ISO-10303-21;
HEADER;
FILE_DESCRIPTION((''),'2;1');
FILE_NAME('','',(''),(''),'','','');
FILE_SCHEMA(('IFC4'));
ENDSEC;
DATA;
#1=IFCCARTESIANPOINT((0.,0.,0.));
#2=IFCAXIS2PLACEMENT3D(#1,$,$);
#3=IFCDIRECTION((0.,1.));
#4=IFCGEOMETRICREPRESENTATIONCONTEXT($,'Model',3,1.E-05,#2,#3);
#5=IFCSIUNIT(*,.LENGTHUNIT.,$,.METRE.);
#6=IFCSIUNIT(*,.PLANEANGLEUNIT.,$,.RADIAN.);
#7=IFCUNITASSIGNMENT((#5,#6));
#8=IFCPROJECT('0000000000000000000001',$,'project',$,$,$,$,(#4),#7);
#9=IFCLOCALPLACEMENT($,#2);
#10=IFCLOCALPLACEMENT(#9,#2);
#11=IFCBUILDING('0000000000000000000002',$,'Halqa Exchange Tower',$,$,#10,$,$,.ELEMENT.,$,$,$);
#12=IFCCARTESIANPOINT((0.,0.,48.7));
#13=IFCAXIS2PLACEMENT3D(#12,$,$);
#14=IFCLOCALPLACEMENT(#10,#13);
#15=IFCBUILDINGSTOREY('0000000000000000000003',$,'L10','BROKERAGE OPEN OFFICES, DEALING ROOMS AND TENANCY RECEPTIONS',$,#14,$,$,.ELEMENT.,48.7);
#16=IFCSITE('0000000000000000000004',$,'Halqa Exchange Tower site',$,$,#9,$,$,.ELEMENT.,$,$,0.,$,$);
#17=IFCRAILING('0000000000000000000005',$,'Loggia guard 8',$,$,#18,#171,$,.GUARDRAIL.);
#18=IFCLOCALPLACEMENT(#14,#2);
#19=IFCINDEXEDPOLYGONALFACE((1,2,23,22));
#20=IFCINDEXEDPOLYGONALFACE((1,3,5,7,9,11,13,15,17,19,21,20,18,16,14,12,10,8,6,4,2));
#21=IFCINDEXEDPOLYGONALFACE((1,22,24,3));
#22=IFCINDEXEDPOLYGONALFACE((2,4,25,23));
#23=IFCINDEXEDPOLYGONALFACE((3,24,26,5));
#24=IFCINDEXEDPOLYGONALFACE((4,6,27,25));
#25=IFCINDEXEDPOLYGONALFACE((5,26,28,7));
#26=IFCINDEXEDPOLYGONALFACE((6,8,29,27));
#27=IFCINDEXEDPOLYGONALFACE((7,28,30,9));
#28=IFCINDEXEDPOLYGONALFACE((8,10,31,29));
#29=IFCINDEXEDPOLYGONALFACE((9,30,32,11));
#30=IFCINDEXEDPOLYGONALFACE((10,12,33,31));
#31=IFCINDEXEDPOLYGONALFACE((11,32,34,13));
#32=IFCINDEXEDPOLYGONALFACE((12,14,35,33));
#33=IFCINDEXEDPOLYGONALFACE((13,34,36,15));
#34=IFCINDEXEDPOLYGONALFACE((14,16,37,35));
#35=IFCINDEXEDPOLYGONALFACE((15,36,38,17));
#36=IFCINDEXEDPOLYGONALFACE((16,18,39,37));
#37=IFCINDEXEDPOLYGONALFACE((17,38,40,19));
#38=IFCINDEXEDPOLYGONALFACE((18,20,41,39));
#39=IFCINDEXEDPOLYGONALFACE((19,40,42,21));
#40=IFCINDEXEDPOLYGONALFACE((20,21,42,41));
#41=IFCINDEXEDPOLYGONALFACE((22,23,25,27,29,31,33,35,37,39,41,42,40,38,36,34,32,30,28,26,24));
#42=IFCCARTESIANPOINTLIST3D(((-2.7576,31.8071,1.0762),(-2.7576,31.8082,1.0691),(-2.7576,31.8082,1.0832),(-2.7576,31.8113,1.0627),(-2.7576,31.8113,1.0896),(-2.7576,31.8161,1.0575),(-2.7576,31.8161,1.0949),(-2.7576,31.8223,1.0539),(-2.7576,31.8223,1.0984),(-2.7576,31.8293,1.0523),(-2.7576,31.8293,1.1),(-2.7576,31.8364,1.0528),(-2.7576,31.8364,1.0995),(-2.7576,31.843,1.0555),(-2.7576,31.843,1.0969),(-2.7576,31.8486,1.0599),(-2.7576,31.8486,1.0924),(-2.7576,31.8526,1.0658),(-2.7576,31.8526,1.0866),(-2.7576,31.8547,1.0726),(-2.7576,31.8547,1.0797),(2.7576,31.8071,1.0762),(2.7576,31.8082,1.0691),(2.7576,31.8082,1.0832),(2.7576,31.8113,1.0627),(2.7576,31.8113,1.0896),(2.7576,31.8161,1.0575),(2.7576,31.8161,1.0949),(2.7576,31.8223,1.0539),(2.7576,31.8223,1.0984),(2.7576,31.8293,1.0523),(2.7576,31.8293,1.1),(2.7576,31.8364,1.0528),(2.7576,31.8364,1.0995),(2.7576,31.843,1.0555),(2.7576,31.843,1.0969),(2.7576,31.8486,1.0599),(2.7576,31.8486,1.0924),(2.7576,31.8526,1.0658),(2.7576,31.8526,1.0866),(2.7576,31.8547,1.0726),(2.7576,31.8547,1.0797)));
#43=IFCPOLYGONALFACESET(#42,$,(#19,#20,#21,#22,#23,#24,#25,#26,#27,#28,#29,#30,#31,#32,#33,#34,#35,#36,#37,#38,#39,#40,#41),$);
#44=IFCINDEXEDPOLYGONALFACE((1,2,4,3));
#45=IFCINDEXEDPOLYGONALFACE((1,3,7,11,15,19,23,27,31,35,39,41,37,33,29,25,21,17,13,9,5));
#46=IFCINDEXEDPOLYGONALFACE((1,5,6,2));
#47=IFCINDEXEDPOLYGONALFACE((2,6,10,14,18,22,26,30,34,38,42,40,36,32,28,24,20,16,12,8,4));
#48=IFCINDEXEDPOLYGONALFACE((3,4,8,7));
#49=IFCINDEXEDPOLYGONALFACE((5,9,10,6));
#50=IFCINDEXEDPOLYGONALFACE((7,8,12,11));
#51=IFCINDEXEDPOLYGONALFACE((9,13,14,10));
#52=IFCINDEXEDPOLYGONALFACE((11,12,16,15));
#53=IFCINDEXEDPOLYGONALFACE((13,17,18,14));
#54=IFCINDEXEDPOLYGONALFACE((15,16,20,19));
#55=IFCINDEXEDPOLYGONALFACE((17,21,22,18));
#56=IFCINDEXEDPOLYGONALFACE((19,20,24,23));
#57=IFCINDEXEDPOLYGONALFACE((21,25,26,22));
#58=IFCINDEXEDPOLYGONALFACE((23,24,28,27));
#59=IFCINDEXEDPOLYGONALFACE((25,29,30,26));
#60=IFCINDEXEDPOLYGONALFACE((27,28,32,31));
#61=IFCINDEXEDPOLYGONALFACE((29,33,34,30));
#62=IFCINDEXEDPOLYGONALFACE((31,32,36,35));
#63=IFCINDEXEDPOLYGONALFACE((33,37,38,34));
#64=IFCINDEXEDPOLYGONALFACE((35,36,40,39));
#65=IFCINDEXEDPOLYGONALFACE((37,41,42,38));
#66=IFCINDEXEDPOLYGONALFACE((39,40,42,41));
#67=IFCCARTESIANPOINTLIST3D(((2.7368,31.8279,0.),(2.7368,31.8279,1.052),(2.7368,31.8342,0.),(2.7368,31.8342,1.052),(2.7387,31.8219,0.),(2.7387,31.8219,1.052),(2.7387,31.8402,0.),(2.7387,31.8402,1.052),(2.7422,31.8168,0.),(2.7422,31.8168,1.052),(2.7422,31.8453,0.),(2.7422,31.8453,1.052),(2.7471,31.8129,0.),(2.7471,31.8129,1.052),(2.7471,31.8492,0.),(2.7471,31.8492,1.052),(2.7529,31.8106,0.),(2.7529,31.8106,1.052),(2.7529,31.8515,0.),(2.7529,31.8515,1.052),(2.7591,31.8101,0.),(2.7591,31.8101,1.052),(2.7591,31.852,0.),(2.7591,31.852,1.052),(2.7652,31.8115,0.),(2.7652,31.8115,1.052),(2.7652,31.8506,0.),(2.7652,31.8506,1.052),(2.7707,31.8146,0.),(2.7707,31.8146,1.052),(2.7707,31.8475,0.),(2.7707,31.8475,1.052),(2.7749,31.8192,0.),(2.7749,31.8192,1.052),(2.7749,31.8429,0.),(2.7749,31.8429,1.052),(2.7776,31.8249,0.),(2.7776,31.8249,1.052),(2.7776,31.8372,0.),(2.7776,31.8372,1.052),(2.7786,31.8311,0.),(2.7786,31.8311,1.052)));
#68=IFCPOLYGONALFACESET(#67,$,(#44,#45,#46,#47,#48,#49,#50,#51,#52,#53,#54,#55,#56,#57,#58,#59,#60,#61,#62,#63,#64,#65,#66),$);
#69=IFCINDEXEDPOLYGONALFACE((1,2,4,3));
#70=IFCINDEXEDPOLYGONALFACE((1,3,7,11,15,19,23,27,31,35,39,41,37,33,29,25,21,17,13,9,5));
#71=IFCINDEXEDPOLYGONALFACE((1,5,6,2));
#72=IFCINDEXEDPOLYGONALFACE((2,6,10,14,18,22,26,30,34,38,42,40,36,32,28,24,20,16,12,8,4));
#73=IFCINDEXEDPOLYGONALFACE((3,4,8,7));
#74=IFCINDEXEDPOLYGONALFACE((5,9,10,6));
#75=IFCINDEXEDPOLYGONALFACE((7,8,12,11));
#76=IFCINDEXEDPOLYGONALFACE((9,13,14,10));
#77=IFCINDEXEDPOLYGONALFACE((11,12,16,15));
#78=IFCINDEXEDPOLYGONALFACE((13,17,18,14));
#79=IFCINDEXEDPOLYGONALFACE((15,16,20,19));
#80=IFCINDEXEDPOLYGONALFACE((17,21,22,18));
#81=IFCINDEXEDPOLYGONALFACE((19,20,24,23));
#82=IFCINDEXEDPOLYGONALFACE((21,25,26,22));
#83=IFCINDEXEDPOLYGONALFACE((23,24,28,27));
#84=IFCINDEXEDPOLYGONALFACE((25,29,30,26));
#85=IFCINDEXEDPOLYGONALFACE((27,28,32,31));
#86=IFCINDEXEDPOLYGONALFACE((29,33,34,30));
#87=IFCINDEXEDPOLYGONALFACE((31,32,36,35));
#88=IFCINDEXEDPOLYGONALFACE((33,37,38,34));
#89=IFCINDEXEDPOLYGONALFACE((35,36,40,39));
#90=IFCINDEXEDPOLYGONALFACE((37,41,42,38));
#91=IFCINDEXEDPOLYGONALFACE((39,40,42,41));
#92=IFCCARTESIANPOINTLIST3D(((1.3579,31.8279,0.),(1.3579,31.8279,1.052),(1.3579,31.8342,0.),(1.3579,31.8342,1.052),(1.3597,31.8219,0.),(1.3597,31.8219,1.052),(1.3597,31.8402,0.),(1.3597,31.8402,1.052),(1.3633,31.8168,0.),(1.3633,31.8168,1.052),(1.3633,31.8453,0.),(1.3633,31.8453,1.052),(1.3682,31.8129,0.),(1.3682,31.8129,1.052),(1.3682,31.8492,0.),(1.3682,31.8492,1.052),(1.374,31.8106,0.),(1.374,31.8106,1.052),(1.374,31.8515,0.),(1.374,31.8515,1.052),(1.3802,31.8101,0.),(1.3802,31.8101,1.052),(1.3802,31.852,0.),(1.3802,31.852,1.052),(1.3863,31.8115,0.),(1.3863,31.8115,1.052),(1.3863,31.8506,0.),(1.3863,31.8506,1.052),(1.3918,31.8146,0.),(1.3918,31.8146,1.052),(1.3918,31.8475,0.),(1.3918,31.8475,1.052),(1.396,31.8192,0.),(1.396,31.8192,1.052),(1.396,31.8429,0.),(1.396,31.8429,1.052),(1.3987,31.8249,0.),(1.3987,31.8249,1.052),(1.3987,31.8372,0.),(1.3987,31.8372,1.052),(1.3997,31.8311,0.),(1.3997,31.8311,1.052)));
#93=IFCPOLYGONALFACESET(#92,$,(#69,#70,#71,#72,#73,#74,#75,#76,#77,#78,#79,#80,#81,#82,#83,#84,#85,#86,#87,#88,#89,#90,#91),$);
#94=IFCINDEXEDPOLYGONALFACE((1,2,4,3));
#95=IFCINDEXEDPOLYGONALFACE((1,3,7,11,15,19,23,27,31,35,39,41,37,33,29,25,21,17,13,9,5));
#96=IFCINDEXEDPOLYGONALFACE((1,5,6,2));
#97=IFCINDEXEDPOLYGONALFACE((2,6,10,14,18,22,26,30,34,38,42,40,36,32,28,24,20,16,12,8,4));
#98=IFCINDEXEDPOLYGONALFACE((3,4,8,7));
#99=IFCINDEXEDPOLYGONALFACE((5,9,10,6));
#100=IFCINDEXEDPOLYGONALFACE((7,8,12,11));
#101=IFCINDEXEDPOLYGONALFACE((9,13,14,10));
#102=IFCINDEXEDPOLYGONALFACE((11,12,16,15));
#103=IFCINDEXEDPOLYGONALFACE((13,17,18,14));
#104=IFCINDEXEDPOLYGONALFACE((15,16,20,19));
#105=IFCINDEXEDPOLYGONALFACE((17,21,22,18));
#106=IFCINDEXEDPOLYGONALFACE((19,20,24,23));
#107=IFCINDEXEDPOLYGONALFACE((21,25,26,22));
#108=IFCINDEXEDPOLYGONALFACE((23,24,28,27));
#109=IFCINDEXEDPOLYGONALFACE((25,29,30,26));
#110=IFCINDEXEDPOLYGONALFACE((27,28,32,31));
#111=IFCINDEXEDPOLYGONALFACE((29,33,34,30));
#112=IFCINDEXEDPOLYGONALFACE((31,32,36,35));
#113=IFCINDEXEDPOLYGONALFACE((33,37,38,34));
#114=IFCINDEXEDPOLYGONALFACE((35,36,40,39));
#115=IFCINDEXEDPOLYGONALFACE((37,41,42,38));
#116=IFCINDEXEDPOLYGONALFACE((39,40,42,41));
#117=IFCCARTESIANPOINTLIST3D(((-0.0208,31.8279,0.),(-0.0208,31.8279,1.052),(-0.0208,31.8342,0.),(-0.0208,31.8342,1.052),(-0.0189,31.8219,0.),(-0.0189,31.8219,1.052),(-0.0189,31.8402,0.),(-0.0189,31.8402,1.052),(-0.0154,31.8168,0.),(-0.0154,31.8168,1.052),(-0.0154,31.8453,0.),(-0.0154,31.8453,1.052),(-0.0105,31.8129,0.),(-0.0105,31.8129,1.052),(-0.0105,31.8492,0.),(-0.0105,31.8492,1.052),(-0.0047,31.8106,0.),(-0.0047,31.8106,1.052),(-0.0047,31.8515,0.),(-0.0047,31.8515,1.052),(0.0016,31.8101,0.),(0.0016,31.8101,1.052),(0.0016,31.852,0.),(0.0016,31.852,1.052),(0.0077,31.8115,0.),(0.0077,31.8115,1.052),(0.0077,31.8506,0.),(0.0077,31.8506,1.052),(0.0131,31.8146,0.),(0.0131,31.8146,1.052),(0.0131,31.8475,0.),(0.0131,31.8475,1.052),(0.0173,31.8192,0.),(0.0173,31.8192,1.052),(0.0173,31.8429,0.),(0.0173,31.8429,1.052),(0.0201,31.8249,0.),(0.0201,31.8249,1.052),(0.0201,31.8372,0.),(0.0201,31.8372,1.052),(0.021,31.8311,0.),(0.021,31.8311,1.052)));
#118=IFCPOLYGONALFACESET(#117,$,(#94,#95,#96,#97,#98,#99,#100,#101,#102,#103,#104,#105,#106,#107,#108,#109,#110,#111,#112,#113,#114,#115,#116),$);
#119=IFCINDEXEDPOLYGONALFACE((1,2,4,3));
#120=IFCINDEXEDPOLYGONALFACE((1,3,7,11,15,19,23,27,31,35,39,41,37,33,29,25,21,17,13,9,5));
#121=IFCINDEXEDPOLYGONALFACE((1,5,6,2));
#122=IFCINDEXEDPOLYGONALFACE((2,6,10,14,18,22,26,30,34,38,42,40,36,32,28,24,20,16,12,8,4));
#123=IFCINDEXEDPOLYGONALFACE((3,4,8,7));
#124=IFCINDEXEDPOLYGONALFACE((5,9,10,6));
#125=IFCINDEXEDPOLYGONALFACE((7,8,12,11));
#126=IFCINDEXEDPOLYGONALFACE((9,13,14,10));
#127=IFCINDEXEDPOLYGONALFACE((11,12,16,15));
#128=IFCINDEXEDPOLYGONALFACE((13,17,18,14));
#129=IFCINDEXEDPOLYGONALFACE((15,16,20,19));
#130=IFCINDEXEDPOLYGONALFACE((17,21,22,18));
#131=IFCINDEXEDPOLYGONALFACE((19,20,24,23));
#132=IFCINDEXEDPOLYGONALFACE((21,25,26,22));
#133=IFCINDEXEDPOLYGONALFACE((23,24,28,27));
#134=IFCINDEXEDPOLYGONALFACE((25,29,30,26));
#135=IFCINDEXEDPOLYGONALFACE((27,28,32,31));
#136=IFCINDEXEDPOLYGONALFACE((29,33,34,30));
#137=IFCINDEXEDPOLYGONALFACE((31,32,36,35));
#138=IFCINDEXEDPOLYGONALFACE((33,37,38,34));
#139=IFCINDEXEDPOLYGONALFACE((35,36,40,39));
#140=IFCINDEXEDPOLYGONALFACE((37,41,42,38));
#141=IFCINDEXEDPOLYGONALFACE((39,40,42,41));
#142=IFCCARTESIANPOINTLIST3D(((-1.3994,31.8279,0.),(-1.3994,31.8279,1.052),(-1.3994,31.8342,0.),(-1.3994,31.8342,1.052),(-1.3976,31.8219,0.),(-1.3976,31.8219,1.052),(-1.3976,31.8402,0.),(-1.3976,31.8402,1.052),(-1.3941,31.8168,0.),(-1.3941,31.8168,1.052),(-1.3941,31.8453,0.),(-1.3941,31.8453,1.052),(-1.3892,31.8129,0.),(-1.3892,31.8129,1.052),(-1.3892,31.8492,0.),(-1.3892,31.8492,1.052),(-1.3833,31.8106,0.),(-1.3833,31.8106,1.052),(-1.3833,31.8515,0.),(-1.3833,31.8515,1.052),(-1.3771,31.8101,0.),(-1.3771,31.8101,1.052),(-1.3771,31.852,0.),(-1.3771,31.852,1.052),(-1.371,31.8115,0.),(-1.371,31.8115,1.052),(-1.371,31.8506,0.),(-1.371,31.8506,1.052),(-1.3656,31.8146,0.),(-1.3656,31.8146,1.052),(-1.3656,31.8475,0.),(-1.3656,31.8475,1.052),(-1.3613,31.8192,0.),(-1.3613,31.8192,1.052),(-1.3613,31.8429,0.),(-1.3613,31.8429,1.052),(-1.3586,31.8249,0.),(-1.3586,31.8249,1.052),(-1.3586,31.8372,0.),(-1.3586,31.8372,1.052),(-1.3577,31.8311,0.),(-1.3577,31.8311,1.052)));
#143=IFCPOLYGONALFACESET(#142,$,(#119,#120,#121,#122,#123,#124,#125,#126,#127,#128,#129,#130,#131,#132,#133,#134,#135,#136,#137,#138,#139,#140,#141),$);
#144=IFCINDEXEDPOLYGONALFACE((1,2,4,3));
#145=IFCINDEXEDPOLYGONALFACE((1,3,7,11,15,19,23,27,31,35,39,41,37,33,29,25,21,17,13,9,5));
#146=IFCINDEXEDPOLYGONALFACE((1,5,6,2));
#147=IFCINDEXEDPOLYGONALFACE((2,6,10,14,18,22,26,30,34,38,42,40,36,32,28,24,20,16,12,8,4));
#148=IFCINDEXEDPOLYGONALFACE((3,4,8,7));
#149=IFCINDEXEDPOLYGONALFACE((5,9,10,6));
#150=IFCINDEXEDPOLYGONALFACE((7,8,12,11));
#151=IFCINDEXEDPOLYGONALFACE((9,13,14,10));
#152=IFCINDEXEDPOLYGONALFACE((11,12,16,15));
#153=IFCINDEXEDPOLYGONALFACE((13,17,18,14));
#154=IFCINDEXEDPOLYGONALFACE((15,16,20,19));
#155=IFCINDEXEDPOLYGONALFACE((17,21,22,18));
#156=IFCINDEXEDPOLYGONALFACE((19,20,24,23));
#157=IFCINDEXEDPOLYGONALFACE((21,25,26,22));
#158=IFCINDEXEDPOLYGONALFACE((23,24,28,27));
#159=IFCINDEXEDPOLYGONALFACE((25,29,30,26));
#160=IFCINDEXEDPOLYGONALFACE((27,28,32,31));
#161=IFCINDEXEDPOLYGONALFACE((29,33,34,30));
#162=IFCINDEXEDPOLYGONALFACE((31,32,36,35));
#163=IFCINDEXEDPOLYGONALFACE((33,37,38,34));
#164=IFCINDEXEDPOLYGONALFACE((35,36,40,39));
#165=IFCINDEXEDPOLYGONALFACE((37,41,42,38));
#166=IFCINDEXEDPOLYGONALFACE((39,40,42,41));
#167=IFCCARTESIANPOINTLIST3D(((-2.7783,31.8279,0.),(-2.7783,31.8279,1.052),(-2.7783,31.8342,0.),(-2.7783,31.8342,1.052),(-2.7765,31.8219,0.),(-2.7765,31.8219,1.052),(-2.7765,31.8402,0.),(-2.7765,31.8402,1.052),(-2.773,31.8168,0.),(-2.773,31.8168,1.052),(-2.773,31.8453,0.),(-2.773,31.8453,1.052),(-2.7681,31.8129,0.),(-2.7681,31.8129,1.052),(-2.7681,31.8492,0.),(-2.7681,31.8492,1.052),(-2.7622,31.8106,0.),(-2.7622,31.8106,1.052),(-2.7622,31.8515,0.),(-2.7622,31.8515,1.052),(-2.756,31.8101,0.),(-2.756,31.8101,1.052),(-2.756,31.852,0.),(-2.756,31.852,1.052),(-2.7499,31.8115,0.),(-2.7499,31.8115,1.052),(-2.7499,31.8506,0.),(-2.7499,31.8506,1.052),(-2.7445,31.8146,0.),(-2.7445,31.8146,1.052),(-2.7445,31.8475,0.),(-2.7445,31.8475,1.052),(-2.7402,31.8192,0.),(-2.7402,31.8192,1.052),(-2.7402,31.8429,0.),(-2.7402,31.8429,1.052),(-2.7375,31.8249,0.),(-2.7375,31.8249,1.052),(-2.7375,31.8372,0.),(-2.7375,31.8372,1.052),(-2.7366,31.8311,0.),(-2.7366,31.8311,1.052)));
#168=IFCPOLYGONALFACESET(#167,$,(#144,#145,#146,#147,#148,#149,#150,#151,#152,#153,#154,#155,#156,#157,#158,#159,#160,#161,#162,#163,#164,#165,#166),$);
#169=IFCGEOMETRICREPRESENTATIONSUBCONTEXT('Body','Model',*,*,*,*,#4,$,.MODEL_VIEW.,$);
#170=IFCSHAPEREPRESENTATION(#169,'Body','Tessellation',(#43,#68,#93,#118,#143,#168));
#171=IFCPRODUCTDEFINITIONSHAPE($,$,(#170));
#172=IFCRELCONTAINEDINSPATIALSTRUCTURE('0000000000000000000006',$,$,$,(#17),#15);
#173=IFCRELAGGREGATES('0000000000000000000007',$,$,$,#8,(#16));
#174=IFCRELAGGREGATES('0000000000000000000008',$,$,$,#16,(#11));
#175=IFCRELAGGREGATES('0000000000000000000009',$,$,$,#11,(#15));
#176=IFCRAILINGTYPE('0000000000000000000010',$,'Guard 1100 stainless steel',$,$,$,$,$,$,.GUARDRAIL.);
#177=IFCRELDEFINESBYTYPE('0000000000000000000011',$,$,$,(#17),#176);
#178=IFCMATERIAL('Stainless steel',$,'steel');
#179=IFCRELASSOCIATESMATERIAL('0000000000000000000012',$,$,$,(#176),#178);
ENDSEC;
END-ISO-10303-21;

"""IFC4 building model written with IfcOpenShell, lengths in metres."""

from ifc_helpers import new_model, si_unit, direction, frame, origin, origin_2d, place, context, subcontext, project, spatial, circle, extrude, material, type_object, element, save


model = new_model("IFC4")

# Units and contexts
model_context = context("Model", 3, precision=1e-05, world=origin(), true_north=direction((0.0, 1.0)))
body_context = subcontext(model_context, "Body", "Model", "MODEL_VIEW")
ifc_project = project(units=[si_unit("LENGTHUNIT", "METRE"), si_unit("PLANEANGLEUNIT", "RADIAN")], contexts=[model_context])

# Site, building, storey
site_placement = place(None, origin())
site = spatial("IfcSite", under=ifc_project, at=site_placement, Name="Halqa Exchange Tower site", CompositionType="ELEMENT", RefElevation=0.0)
building_placement = place(site_placement, origin())
building = spatial("IfcBuilding", under=site, at=building_placement, Name="Halqa Exchange Tower", CompositionType="ELEMENT")
storey_placement = place(building_placement, frame((0.0, 0.0, 48.7)))
storey = spatial("IfcBuildingStorey", under=building, at=storey_placement, Name="L10", Description="BROKERAGE OPEN OFFICES, DEALING ROOMS AND TENANCY RECEPTIONS", CompositionType="ELEMENT", Elevation=48.7)

# Railing
ifc_material_1 = material(Name="Stainless steel", Category="steel")
railing_type_1 = type_object("IfcRailingType", Name="Guard 1100 stainless steel", PredefinedType="GUARDRAIL", material=ifc_material_1)
railing_1_placement = place(storey_placement, frame((2.7576, 31.8311, 0.0)))
element("IfcRailing", 1, at=railing_1_placement, inside=storey, type_object=railing_type_1, Name="Loggia guard 8", PredefinedType="GUARDRAIL", context=body_context, shape_type="SweptSolid", body=[
    extrude(circle(Radius=0.0239, at=origin_2d()), frame((0.0, 0.0, 1.0762), z_axis=(-1.0, 0.0, 0.0), x_axis=(0.0, -1.0, 0.0)), (0.0, 0.0, 1.0), 5.5151),
    extrude(circle(Radius=0.021, at=origin_2d()), origin(), (0.0, 0.0, 1.0), 1.052),
    extrude(circle(Radius=0.021, at=origin_2d()), frame((-1.3789, 0.0, 0.0)), (0.0, 0.0, 1.0), 1.052),
    extrude(circle(Radius=0.021, at=origin_2d()), frame((-2.7576, 0.0, 0.0)), (0.0, 0.0, 1.0), 1.052),
    extrude(circle(Radius=0.021, at=origin_2d()), frame((-4.1362, 0.0, 0.0)), (0.0, 0.0, 1.0), 1.052),
    extrude(circle(Radius=0.021, at=origin_2d()), frame((-5.5151, 0.0, 0.0)), (0.0, 0.0, 1.0), 1.052),
])

save(model, "model.ifc")
